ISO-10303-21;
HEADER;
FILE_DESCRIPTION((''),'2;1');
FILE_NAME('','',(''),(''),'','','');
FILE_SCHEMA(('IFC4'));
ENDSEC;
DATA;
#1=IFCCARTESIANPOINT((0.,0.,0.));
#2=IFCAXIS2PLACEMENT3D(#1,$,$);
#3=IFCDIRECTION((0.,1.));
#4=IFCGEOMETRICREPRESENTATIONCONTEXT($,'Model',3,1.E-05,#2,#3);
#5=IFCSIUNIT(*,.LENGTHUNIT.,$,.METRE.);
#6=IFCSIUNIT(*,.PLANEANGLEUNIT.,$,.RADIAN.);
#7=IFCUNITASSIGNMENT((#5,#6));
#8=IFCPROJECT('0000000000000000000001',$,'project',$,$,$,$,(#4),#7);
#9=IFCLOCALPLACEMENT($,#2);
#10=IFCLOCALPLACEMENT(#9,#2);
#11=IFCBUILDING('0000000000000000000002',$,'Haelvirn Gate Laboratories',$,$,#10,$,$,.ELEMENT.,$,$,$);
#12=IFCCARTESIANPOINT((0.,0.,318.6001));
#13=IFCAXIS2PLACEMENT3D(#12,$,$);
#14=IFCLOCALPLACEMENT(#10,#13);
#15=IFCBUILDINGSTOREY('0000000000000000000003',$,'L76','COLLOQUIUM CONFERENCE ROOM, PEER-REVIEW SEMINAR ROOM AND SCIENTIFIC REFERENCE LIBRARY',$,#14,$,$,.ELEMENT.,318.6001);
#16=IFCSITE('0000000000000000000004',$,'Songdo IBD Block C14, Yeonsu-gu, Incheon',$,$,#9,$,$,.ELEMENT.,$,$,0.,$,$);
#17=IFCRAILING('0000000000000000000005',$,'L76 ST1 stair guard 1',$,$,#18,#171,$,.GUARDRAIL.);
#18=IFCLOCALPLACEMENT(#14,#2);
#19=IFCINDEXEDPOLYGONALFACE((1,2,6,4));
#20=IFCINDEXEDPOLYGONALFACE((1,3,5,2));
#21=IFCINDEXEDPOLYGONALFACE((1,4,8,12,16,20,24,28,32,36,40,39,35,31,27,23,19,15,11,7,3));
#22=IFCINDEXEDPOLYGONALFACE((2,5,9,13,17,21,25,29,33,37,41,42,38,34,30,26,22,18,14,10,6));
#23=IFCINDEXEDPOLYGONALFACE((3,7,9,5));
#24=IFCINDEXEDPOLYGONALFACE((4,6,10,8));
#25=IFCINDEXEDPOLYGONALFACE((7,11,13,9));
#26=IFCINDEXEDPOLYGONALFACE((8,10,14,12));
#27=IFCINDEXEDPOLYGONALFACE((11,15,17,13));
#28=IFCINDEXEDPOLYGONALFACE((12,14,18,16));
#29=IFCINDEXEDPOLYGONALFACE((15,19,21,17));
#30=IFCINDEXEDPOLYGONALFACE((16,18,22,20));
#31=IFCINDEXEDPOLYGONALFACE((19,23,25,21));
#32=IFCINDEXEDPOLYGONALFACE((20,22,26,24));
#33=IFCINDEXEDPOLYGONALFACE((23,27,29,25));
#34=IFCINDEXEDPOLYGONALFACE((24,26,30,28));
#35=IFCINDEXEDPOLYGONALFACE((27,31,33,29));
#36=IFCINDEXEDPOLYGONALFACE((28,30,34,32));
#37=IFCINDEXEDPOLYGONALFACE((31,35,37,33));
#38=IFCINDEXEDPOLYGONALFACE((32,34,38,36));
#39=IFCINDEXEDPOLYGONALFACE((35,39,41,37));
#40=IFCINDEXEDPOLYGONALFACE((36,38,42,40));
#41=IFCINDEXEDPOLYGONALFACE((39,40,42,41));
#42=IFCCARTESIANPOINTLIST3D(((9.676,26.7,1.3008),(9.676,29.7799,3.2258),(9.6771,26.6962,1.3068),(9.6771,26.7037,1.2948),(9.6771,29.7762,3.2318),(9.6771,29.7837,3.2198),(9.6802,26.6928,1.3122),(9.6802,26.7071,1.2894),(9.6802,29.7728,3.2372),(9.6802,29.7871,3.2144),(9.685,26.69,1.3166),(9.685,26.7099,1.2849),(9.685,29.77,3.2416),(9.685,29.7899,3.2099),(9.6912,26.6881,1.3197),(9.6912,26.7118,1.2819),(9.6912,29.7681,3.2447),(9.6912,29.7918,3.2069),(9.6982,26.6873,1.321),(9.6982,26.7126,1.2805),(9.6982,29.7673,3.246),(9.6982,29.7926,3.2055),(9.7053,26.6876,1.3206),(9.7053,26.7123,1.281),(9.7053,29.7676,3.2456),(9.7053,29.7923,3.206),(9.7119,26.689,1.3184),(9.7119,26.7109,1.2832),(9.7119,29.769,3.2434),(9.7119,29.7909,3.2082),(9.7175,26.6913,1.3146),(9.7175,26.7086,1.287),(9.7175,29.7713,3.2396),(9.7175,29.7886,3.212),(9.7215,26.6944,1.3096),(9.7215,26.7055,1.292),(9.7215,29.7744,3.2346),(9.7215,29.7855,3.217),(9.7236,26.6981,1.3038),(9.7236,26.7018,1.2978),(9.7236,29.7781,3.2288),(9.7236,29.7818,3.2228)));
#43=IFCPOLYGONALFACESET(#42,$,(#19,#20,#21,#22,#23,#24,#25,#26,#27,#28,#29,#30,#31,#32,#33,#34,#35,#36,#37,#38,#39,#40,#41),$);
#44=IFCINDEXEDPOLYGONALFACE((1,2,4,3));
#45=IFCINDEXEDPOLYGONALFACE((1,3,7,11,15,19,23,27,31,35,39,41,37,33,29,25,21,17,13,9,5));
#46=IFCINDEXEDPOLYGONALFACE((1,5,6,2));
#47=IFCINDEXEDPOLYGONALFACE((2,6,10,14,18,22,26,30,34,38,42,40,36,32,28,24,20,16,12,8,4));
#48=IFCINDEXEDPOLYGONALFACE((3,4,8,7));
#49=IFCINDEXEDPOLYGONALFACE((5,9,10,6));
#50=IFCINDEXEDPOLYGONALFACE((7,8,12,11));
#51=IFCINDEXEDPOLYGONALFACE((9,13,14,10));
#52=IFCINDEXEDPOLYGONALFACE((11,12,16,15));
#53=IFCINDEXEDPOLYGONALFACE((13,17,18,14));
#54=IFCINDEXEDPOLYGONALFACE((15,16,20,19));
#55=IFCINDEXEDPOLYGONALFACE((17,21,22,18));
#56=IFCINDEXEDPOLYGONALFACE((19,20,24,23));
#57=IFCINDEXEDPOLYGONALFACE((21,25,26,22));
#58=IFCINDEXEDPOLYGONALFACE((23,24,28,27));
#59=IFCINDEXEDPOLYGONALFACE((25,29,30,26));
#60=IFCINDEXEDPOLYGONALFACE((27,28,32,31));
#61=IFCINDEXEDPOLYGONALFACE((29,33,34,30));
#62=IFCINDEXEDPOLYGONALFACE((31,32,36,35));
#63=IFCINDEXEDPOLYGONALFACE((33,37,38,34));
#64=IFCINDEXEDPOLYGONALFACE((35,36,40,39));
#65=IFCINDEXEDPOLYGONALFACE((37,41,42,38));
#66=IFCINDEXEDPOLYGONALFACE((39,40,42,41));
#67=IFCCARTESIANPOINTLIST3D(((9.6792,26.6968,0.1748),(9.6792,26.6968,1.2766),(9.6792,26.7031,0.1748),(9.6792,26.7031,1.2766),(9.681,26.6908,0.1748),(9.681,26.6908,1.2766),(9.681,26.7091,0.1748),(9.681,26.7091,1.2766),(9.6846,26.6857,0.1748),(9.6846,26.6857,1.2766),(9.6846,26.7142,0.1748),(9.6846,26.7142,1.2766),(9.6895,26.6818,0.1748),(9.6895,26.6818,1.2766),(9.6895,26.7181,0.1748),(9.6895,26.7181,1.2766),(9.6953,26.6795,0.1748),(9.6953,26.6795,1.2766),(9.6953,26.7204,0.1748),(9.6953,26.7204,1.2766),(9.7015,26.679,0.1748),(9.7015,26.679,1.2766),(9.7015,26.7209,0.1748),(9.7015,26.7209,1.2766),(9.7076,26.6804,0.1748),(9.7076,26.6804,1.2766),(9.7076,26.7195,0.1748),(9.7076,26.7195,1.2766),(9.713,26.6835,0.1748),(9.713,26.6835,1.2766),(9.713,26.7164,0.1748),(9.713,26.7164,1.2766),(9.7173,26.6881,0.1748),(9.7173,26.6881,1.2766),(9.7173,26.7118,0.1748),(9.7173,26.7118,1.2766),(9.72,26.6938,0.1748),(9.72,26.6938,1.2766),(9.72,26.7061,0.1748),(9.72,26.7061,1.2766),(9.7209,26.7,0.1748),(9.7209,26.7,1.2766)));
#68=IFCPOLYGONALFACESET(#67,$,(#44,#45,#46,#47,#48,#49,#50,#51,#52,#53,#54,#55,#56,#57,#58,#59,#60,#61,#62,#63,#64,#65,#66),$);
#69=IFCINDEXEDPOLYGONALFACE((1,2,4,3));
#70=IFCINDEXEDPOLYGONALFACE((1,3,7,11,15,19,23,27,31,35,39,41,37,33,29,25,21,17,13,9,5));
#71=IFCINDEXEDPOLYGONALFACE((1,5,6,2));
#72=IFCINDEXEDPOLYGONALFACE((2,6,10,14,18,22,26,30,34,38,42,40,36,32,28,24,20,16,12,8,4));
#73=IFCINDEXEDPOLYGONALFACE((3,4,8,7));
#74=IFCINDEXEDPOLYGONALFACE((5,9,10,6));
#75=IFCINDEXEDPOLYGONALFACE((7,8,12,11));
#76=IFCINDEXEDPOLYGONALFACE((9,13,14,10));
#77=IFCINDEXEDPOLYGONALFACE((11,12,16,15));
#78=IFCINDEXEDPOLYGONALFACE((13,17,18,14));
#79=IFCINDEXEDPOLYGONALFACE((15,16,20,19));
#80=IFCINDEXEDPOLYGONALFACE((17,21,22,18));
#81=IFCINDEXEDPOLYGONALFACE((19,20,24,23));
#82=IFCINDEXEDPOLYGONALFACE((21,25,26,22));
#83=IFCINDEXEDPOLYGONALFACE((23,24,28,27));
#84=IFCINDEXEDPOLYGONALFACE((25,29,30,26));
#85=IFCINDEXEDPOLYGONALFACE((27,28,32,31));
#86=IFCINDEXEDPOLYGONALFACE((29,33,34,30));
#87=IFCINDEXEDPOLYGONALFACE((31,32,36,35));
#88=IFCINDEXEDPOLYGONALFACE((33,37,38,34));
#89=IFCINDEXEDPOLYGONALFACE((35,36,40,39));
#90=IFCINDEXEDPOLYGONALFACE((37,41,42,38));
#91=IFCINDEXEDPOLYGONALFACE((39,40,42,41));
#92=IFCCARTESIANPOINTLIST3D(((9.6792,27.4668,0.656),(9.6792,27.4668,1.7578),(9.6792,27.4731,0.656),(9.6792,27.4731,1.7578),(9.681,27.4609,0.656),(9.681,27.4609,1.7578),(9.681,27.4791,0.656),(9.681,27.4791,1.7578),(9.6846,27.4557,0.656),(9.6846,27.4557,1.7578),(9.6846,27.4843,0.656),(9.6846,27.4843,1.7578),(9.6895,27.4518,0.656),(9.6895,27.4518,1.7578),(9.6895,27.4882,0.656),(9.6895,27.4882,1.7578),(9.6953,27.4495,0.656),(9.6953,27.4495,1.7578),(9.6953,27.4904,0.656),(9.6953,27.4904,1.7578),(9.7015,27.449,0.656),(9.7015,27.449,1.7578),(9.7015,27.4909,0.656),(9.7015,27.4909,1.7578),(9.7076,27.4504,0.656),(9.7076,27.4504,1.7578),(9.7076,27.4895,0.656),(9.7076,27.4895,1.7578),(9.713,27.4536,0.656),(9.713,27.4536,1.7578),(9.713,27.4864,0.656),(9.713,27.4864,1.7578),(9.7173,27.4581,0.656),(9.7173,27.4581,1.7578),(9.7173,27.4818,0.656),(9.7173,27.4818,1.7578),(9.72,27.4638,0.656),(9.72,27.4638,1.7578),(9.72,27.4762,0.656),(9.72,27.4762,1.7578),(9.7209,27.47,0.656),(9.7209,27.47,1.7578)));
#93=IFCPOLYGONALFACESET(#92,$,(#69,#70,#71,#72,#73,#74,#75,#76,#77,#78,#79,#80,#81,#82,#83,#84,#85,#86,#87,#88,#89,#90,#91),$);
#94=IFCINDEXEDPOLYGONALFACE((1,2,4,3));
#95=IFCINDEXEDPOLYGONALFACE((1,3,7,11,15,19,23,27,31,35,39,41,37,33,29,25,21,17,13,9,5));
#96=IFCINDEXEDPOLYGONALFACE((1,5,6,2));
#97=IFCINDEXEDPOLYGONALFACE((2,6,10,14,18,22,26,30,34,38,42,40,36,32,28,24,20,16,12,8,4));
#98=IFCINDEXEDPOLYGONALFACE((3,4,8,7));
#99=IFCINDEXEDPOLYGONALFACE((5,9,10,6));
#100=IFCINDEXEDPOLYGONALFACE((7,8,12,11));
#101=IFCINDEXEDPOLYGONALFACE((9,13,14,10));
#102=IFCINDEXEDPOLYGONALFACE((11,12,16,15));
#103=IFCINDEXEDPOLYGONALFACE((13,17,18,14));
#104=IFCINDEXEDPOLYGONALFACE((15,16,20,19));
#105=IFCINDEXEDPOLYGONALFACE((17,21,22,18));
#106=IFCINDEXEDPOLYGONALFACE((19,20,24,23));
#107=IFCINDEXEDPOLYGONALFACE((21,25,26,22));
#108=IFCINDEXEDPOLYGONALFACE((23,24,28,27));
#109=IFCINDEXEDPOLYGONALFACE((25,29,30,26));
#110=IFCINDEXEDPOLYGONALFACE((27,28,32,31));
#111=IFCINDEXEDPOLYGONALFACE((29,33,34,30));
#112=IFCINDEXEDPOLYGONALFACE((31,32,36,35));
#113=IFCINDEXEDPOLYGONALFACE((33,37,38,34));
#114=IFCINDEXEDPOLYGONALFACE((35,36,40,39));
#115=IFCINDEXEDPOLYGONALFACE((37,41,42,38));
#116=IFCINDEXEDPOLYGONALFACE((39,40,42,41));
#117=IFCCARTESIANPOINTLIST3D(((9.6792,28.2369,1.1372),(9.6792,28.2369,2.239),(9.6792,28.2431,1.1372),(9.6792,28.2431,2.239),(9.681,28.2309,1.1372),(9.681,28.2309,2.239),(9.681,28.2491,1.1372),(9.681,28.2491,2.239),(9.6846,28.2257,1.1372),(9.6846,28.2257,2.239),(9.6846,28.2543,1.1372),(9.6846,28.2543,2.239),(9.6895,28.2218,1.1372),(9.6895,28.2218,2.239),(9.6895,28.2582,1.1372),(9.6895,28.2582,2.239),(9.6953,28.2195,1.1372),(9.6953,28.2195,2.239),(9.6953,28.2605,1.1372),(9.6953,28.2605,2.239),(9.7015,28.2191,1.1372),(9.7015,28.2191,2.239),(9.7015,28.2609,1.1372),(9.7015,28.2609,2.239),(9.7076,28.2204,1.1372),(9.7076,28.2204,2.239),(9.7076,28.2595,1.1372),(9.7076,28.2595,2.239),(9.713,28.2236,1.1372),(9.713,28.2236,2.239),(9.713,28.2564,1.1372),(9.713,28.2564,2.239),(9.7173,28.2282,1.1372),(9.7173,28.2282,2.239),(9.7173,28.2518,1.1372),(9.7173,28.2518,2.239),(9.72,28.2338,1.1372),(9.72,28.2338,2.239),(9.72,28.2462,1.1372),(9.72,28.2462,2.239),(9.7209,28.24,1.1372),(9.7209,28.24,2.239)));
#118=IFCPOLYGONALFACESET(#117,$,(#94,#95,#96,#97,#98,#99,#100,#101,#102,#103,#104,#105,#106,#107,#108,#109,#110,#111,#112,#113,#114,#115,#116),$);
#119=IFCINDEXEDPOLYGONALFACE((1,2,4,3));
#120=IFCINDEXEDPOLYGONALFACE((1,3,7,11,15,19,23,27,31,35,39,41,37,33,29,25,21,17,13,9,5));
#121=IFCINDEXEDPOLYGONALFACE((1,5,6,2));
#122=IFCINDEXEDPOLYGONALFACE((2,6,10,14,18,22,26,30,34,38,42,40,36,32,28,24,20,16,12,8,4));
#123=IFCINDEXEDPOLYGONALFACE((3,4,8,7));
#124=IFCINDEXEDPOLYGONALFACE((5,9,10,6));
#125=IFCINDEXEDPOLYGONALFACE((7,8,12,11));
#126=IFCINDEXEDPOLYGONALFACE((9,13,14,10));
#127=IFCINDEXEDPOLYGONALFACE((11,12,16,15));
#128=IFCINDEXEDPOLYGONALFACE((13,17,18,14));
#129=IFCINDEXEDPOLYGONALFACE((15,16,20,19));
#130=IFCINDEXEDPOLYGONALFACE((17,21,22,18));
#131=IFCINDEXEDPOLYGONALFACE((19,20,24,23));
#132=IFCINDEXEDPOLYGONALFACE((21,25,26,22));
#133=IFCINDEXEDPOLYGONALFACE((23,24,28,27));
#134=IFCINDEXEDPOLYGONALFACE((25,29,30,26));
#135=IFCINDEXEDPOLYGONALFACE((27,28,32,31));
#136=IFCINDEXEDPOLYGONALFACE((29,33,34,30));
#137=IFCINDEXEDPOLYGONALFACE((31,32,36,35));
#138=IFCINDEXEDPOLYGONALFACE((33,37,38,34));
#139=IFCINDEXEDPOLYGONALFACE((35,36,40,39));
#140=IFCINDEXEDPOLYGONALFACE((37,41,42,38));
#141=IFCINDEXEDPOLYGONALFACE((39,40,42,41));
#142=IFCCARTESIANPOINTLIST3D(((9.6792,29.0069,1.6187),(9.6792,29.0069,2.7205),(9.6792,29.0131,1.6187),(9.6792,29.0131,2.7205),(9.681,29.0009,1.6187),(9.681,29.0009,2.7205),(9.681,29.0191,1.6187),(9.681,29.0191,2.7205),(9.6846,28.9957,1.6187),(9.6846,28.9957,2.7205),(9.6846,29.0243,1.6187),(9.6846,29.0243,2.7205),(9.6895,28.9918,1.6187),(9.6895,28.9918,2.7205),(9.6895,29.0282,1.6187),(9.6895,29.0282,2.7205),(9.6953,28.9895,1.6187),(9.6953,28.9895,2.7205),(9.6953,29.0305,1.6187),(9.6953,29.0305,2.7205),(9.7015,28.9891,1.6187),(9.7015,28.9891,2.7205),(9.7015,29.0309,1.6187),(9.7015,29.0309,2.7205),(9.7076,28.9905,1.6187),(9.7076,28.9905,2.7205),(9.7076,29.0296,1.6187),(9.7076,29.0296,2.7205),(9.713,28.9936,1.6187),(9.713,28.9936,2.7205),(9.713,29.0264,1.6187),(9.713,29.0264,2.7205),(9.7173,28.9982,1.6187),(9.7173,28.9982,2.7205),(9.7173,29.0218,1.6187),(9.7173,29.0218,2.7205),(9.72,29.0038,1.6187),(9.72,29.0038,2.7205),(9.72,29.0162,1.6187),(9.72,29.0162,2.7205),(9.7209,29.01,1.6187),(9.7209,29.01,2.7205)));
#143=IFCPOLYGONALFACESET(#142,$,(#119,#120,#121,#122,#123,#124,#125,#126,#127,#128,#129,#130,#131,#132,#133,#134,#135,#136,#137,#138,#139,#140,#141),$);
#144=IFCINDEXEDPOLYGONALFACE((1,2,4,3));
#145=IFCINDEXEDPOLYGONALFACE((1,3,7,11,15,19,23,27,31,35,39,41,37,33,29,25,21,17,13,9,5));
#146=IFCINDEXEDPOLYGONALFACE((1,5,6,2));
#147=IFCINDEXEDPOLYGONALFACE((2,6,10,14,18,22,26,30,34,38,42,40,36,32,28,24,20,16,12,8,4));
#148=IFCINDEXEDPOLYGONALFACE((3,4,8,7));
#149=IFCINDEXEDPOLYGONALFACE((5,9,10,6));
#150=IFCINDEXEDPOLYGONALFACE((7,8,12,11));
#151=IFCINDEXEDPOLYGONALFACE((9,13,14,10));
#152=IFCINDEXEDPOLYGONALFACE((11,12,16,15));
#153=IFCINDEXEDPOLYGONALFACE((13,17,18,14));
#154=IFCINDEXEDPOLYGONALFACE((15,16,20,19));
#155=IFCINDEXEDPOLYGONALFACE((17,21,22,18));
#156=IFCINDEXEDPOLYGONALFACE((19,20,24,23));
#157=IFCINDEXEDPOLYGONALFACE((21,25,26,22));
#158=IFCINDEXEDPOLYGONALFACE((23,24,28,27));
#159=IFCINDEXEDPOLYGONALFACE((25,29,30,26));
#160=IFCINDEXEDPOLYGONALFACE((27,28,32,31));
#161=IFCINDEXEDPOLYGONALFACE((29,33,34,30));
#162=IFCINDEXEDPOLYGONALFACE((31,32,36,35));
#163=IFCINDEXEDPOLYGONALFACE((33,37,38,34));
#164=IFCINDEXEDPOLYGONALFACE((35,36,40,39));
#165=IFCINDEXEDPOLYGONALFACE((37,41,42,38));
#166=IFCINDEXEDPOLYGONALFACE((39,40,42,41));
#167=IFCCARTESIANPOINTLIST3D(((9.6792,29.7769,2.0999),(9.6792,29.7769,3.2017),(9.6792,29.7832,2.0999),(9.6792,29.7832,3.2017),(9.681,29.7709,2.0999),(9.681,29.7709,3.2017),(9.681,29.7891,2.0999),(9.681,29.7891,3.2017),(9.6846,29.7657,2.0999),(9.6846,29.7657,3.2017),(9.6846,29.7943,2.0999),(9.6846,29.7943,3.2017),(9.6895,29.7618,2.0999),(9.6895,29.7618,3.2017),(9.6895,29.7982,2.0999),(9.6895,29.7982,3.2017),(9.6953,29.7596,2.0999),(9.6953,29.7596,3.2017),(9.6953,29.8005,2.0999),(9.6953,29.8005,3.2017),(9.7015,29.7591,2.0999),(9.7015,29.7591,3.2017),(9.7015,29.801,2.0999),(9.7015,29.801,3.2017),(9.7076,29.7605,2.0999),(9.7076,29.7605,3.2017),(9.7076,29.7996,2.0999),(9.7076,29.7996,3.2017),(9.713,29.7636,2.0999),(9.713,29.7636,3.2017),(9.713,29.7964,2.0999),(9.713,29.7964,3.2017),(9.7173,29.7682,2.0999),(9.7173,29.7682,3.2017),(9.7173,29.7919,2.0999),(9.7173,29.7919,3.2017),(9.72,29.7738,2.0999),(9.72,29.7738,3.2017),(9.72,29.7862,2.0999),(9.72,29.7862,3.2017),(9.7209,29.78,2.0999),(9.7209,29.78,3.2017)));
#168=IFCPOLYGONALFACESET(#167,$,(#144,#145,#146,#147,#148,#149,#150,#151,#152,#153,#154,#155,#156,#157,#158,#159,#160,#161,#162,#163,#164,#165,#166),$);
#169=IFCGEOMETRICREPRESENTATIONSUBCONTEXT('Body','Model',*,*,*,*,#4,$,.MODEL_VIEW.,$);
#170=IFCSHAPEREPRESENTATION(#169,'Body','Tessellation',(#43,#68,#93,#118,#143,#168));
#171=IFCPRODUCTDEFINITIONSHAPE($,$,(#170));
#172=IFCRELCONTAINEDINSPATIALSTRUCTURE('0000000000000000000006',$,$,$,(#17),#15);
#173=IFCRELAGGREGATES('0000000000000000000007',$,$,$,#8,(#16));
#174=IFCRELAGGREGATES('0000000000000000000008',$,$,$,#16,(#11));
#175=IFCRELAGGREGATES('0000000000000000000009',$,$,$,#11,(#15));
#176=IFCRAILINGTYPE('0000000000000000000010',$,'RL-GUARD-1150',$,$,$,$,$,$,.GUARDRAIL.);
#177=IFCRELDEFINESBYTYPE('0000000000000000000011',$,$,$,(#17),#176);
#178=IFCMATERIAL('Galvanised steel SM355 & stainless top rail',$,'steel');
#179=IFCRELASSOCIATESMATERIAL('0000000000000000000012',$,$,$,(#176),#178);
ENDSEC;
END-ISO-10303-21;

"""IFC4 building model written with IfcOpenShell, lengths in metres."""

from ifc_helpers import new_model, si_unit, direction, frame, origin, origin_2d, place, context, subcontext, project, spatial, circle, extrude, source, transform, mapped, material, type_object, element, save


model = new_model("IFC4")

# Units and contexts
model_context = context("Model", 3, precision=1e-05, world=origin(), true_north=direction((0.0, 1.0)))
body_context = subcontext(model_context, "Body", "Model", "MODEL_VIEW")
ifc_project = project(units=[si_unit("LENGTHUNIT", "METRE"), si_unit("PLANEANGLEUNIT", "RADIAN")], contexts=[model_context])

# Site, building, storey
site_placement = place(None, origin())
site = spatial("IfcSite", under=ifc_project, at=site_placement, Name="Songdo IBD Block C14, Yeonsu-gu, Incheon", CompositionType="ELEMENT", RefElevation=0.0)
building_placement = place(site_placement, origin())
building = spatial("IfcBuilding", under=site, at=building_placement, Name="Haelvirn Gate Laboratories", CompositionType="ELEMENT")
storey_placement = place(building_placement, frame((0.0, 0.0, 318.6001)))
storey = spatial("IfcBuildingStorey", under=building, at=storey_placement, Name="L76", Description="COLLOQUIUM CONFERENCE ROOM, PEER-REVIEW SEMINAR ROOM AND SCIENTIFIC REFERENCE LIBRARY", CompositionType="ELEMENT", Elevation=318.6001)

# Railing
ifc_material_1 = material(Name="Galvanised steel SM355 & stainless top rail", Category="steel")
railing_type_1 = type_object("IfcRailingType", Name="RL-GUARD-1150", PredefinedType="GUARDRAIL", material=ifc_material_1)
shared_shape_1 = source(origin(), body_context, "Body", "SweptSolid", [
    extrude(circle(Radius=0.0239, at=origin_2d()), frame((0.0, 0.0, 1.126), z_axis=(0.0, 0.847998, 0.529999), x_axis=(-1.0, 0.0, 0.0)), (0.0, 0.0, 1.0), 3.6321),
    extrude(circle(Radius=0.021, at=origin_2d()), origin(), (0.0, 0.0, 1.0), 1.1018),
    extrude(circle(Radius=0.021, at=origin_2d()), frame((0.0, 0.77, 0.4812)), (0.0, 0.0, 1.0), 1.1018),
    extrude(circle(Radius=0.021, at=origin_2d()), frame((0.0, 1.54, 0.9624)), (0.0, 0.0, 1.0), 1.1018),
    extrude(circle(Radius=0.021, at=origin_2d()), frame((0.0, 2.3101, 1.4438)), (0.0, 0.0, 1.0), 1.1018),
    extrude(circle(Radius=0.021, at=origin_2d()), frame((0.0, 3.0801, 1.925)), (0.0, 0.0, 1.0), 1.1018),
])
railing_1_placement = place(storey_placement, frame((9.7, 26.7, 0.1748)))
element("IfcRailing", 1, at=railing_1_placement, inside=storey, type_object=railing_type_1, Name="L76 ST1 stair guard 1", PredefinedType="GUARDRAIL", context=body_context, shape_type="MappedRepresentation", body=[
    mapped(shared_shape_1, transform((0.0, 0.0, 0.0), scale=1.0)),
])

save(model, "model.ifc")
